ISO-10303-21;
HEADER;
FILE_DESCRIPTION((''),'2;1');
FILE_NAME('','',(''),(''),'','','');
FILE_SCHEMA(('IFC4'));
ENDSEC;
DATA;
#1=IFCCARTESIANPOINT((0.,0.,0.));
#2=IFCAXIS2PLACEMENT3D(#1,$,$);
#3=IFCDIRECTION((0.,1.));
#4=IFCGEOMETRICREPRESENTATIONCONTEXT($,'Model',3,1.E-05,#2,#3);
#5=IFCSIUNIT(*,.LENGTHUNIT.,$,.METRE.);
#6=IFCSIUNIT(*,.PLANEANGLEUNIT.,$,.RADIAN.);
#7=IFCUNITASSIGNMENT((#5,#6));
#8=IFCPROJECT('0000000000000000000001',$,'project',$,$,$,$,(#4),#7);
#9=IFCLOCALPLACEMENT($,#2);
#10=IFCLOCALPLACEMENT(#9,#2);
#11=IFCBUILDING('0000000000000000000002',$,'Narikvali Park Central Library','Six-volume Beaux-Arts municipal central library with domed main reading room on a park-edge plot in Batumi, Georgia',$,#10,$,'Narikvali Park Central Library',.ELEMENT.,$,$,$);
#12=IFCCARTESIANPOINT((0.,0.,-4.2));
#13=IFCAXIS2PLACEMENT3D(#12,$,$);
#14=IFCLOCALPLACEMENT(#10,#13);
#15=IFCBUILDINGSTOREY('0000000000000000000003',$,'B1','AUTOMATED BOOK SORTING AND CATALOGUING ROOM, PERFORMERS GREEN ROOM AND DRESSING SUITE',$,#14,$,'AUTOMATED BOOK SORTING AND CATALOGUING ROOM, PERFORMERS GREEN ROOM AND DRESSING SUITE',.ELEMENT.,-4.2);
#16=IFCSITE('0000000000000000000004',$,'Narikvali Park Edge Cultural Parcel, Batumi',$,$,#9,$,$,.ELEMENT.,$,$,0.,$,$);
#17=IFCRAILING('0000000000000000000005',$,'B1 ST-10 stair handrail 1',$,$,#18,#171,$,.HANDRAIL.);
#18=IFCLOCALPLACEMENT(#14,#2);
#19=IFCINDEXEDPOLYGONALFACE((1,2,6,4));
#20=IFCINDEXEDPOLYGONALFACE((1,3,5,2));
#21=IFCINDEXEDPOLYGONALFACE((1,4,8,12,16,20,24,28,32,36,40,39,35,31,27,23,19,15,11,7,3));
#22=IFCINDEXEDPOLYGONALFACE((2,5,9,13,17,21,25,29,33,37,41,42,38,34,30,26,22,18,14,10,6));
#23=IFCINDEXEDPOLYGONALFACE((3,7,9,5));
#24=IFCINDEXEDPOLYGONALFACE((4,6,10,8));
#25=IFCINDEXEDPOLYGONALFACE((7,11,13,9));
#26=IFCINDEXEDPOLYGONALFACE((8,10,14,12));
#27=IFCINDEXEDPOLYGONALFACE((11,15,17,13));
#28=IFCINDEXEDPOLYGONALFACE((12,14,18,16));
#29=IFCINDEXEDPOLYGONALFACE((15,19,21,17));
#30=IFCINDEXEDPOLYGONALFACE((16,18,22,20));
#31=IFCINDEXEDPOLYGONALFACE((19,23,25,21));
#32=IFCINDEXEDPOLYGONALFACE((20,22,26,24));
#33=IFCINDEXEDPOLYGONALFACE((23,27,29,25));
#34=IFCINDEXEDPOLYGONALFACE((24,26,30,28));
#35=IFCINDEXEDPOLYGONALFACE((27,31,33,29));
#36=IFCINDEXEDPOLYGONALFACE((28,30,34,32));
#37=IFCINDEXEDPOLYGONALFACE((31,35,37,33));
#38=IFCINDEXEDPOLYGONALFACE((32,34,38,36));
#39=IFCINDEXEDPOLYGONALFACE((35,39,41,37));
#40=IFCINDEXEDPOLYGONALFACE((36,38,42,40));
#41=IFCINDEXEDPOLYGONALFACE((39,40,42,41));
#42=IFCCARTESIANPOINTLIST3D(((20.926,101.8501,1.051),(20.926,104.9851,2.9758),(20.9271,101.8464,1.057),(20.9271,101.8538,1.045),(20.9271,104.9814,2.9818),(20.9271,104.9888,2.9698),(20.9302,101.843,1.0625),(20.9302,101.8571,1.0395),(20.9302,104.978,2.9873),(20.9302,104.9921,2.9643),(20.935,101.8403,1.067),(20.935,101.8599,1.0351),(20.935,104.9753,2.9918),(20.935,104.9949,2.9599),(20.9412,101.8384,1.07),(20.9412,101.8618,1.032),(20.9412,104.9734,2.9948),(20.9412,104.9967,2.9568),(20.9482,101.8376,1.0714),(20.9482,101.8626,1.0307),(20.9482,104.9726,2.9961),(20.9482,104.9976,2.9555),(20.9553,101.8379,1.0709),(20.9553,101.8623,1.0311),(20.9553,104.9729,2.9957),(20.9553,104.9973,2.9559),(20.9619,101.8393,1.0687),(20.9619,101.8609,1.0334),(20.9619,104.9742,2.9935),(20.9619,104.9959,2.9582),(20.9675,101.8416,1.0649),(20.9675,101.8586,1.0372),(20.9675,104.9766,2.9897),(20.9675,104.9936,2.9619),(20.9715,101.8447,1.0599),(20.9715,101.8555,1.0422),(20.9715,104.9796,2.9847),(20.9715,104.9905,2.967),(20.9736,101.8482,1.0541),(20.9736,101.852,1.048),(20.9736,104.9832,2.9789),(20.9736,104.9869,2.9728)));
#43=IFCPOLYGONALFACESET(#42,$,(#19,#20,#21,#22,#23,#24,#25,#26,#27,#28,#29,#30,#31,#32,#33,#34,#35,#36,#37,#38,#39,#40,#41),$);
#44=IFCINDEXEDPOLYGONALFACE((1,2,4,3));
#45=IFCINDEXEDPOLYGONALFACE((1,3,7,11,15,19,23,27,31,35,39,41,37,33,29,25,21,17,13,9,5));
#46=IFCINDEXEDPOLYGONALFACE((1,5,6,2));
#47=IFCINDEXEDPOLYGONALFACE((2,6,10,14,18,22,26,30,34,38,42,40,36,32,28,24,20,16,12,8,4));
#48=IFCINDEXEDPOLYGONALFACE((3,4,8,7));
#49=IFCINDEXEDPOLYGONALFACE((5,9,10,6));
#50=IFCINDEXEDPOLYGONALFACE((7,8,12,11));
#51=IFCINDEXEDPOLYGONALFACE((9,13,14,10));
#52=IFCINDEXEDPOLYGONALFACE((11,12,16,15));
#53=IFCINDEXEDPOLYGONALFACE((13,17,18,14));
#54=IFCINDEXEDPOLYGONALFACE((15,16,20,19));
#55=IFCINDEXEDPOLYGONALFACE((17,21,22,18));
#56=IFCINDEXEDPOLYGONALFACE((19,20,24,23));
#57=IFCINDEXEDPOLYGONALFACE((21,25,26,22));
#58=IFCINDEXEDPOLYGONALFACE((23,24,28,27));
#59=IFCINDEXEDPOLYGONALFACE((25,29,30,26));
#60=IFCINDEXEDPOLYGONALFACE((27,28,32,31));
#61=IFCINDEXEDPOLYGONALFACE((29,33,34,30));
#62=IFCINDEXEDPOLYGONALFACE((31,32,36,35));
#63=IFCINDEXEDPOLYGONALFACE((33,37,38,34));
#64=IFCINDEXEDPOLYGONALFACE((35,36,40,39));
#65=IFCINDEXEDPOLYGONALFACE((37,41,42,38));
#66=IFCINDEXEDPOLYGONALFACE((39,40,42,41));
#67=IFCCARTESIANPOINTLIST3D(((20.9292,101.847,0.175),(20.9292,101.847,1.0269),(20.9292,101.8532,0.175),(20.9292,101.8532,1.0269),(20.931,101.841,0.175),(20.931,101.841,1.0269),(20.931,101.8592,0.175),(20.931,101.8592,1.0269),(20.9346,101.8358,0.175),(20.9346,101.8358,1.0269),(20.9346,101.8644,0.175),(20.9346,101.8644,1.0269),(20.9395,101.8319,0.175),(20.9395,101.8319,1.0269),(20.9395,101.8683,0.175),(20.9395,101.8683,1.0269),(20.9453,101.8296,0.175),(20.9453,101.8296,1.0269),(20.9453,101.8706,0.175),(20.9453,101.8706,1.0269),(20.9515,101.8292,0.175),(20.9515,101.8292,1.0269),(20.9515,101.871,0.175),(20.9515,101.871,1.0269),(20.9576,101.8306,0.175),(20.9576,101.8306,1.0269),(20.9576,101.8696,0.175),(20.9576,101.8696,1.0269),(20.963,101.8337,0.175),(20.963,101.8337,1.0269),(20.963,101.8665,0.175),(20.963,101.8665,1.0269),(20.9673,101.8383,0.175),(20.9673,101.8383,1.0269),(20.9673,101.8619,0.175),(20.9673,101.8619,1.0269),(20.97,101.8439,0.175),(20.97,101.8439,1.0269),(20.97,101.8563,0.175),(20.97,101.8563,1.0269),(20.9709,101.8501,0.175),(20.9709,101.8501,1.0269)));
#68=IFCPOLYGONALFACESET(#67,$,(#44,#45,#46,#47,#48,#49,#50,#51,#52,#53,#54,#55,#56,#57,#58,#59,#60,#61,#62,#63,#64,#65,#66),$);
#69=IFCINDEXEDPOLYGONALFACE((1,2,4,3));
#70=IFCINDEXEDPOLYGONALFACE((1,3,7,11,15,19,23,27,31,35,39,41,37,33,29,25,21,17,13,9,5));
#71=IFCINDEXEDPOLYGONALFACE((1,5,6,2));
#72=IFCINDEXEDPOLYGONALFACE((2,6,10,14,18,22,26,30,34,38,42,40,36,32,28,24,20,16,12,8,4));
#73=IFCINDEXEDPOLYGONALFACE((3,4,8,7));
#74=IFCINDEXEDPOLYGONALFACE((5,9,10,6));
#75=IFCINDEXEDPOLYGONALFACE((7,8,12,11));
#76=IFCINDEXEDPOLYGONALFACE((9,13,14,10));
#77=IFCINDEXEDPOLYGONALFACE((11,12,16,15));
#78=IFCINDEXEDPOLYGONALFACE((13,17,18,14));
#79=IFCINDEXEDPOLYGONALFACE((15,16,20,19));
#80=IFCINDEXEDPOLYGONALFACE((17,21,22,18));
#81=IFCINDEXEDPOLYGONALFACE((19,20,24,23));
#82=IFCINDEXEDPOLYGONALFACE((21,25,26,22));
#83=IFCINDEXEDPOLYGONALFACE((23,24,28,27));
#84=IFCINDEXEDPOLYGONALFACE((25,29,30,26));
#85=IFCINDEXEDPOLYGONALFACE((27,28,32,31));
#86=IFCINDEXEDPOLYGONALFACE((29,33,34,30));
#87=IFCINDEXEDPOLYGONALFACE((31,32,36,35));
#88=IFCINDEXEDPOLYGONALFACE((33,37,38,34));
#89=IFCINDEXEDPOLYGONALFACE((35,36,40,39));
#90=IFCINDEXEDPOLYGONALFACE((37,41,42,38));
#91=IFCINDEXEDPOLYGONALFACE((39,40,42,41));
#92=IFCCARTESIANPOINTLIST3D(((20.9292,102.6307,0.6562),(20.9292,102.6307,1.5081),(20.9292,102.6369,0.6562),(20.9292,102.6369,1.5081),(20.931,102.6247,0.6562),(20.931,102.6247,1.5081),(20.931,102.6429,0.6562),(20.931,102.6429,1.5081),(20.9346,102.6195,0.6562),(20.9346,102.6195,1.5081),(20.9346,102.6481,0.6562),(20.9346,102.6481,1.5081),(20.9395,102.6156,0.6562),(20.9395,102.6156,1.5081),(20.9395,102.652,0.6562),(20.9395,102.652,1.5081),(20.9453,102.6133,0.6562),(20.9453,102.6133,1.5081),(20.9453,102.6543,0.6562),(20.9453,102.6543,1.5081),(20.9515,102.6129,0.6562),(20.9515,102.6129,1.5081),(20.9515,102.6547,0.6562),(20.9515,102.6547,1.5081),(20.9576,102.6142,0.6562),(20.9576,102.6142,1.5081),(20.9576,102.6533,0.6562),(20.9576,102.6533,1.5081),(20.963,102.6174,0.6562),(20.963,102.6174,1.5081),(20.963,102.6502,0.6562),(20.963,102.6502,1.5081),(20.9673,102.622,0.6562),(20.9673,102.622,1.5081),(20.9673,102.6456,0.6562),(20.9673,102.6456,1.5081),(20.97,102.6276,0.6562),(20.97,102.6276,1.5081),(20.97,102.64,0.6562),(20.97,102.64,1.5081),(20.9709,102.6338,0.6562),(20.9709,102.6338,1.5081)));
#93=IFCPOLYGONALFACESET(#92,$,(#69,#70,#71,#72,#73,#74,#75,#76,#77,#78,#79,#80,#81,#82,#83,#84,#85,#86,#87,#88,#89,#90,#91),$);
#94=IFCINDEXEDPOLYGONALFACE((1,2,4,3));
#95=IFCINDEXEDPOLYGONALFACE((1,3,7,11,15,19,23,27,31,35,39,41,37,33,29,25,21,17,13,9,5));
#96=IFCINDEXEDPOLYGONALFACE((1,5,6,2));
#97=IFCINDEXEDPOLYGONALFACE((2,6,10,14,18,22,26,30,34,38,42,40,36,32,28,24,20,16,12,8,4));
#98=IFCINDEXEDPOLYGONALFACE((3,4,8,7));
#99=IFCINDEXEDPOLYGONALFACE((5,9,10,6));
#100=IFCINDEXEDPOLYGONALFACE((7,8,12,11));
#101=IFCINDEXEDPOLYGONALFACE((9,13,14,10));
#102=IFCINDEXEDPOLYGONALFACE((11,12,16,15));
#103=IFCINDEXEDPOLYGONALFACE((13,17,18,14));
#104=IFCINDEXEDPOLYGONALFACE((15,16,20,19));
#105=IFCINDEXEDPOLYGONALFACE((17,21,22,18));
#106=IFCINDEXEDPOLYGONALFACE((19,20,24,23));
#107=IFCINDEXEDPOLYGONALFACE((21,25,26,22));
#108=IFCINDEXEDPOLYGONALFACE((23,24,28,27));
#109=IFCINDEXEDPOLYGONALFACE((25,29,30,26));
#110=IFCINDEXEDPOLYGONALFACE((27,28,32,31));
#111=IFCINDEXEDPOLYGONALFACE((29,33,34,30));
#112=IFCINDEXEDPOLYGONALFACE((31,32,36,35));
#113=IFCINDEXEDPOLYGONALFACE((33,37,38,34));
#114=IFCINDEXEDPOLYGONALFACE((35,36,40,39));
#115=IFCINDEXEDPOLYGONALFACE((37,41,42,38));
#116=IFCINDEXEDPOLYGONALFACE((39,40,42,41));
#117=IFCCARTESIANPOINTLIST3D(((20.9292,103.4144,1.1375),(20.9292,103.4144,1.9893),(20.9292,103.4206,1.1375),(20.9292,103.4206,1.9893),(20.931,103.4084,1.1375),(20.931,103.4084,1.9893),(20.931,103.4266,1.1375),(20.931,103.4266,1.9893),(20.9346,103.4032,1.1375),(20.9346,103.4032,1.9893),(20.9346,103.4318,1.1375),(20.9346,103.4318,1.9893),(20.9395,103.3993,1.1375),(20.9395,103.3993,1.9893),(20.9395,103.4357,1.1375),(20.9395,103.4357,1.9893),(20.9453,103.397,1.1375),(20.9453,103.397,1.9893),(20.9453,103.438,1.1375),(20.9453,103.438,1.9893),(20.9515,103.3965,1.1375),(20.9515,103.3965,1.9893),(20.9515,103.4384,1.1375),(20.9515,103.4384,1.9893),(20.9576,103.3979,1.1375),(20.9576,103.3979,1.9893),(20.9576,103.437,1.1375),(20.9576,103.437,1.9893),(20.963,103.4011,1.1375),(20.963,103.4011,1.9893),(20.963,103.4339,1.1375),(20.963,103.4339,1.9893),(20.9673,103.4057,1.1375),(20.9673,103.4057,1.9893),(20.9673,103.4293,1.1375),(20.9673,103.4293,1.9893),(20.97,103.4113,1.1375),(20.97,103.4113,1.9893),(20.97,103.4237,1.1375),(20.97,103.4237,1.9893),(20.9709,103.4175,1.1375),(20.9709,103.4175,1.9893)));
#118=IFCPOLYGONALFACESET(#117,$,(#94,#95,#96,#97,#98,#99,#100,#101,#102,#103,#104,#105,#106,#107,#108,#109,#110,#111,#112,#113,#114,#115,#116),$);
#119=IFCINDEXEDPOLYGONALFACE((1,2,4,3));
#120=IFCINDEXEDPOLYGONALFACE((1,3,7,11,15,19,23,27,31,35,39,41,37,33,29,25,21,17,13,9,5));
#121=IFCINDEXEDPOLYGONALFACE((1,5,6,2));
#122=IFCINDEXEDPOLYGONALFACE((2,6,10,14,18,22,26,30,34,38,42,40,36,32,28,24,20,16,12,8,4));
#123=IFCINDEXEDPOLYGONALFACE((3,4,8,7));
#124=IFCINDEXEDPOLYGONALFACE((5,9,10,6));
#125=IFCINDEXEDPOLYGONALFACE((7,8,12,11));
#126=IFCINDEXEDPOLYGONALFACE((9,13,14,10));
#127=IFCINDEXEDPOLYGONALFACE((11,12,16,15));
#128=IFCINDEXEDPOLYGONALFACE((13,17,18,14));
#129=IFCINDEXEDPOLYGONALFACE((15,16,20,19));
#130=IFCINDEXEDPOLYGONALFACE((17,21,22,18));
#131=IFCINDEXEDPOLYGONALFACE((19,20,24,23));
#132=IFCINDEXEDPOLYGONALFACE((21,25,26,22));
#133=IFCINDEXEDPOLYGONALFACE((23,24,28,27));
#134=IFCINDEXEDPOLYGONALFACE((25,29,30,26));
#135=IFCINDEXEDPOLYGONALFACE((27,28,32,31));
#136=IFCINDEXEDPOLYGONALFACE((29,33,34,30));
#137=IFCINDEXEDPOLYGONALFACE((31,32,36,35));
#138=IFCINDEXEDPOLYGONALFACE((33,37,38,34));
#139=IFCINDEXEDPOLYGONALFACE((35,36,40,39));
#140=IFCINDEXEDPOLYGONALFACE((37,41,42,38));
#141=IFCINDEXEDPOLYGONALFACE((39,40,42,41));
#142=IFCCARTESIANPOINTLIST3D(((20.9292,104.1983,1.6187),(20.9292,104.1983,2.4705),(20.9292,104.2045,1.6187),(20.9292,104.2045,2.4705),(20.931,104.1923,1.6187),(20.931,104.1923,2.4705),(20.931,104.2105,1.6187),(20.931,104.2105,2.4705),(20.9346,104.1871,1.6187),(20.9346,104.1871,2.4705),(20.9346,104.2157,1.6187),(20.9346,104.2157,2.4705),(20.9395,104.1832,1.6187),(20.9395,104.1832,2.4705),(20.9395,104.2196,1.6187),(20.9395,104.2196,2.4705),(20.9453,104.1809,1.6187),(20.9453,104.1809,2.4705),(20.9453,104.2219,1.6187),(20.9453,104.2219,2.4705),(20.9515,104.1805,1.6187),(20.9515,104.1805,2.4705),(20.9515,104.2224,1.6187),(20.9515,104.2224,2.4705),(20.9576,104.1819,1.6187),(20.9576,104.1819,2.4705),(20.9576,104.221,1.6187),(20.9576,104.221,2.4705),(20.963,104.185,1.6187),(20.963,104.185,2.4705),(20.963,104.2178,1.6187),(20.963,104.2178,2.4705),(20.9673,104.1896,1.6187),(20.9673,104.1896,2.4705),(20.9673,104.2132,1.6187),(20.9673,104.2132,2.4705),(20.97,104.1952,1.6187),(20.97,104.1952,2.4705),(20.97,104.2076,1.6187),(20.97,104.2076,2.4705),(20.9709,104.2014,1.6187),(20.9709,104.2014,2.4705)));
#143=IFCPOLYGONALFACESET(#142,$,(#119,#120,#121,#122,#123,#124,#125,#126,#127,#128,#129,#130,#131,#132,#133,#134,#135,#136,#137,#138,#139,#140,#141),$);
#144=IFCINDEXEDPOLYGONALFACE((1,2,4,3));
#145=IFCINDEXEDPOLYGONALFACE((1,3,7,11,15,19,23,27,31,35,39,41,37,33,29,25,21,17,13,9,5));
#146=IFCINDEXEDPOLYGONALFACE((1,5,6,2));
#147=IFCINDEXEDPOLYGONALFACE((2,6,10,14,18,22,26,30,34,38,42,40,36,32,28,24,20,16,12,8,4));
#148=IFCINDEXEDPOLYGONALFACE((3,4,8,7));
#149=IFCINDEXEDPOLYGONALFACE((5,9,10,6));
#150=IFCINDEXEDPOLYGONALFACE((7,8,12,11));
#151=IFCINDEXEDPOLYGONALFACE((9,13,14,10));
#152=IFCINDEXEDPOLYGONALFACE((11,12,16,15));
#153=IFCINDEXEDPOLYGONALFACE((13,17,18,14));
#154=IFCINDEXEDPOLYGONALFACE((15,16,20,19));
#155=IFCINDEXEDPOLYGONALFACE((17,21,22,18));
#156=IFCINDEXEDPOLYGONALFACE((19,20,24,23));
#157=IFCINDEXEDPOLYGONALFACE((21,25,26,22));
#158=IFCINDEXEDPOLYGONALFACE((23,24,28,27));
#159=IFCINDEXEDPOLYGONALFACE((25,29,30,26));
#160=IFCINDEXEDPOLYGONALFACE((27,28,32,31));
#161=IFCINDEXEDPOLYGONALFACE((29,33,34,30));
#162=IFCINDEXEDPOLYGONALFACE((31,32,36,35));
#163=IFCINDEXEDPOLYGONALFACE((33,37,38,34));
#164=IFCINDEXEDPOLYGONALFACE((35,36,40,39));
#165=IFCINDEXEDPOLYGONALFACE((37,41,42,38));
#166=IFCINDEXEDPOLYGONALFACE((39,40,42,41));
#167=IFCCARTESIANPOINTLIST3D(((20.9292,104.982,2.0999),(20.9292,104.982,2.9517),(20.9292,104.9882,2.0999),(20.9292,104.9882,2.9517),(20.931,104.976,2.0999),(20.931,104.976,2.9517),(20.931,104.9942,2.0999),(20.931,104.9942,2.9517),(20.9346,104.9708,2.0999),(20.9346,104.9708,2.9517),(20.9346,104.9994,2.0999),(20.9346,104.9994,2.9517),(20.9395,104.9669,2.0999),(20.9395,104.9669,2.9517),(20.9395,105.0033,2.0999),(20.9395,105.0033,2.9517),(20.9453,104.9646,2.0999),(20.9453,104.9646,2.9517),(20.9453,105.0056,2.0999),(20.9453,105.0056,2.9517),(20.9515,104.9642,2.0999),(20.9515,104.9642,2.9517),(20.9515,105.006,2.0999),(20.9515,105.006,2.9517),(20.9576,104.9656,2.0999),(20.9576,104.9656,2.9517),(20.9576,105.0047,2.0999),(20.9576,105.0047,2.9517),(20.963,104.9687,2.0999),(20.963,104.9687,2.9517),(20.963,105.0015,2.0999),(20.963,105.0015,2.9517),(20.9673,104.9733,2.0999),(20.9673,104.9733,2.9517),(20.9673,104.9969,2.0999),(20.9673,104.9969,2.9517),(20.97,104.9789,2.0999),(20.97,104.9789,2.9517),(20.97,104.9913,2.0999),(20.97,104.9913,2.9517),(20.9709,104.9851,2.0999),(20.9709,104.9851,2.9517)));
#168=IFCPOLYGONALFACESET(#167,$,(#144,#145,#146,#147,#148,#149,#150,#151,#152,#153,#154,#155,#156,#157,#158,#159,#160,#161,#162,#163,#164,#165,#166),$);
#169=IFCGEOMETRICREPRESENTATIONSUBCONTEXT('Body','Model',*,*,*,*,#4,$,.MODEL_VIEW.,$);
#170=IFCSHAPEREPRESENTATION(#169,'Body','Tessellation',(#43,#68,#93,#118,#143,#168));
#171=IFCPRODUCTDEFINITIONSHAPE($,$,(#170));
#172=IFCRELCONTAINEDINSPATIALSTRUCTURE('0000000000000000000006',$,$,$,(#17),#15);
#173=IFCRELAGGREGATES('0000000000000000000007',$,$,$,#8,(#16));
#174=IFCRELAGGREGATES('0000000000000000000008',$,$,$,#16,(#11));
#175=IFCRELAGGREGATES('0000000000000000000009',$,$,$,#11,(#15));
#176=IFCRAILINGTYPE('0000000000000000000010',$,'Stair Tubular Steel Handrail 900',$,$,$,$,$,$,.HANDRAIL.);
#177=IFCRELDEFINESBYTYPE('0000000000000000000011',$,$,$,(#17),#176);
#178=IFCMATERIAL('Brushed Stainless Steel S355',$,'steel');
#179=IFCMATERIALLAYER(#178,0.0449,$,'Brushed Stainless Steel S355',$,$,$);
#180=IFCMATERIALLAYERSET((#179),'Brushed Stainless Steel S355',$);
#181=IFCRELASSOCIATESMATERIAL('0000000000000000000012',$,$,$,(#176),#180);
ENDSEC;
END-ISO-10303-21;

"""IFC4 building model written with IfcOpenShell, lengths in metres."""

from ifc_helpers import new_model, si_unit, direction, frame, origin, origin_2d, place, context, subcontext, project, spatial, circle, extrude, material, layer, layer_set, type_object, element, save


model = new_model("IFC4")

# Units and contexts
model_context = context("Model", 3, precision=1e-05, world=origin(), true_north=direction((0.0, 1.0)))
body_context = subcontext(model_context, "Body", "Model", "MODEL_VIEW")
ifc_project = project(units=[si_unit("LENGTHUNIT", "METRE"), si_unit("PLANEANGLEUNIT", "RADIAN")], contexts=[model_context])

# Site, building, storey
site_placement = place(None, origin())
site = spatial("IfcSite", under=ifc_project, at=site_placement, Name="Narikvali Park Edge Cultural Parcel, Batumi", CompositionType="ELEMENT", RefElevation=0.0)
building_placement = place(site_placement, origin())
building = spatial("IfcBuilding", under=site, at=building_placement, Name="Narikvali Park Central Library", Description="Six-volume Beaux-Arts municipal central library with domed main reading room on a park-edge plot in Batumi, Georgia", LongName="Narikvali Park Central Library", CompositionType="ELEMENT")
storey_placement = place(building_placement, frame((0.0, 0.0, -4.2)))
storey = spatial("IfcBuildingStorey", under=building, at=storey_placement, Name="B1", Description="AUTOMATED BOOK SORTING AND CATALOGUING ROOM, PERFORMERS GREEN ROOM AND DRESSING SUITE", LongName="AUTOMATED BOOK SORTING AND CATALOGUING ROOM, PERFORMERS GREEN ROOM AND DRESSING SUITE", CompositionType="ELEMENT", Elevation=-4.2)

# Railing
ifc_material_1 = material(Name="Brushed Stainless Steel S355", Category="steel")
ifc_layer_1 = layer(ifc_material_1, 0.0449, Name="Brushed Stainless Steel S355")
ifc_layer_set_1 = layer_set([ifc_layer_1], Name="Brushed Stainless Steel S355")
railing_type_1 = type_object("IfcRailingType", Name="Stair Tubular Steel Handrail 900", PredefinedType="HANDRAIL", material=ifc_layer_set_1)
railing_1_placement = place(storey_placement, frame((20.95, 101.8501, 0.175)))
element("IfcRailing", 1, at=railing_1_placement, inside=storey, type_object=railing_type_1, Name="B1 ST-10 stair handrail 1", PredefinedType="HANDRAIL", context=body_context, shape_type="SweptSolid", body=[
    extrude(circle(Radius=0.0239, at=origin_2d()), frame((0.0, 0.0, 0.876), z_axis=(0.0, 0.852196, 0.523223), x_axis=(-1.0, 0.0, 0.0)), (0.0, 0.0, 1.0), 3.6787),
    extrude(circle(Radius=0.021, at=origin_2d()), origin(), (0.0, 0.0, 1.0), 0.8518),
    extrude(circle(Radius=0.021, at=origin_2d()), frame((0.0, 0.7837, 0.4812)), (0.0, 0.0, 1.0), 0.8518),
    extrude(circle(Radius=0.021, at=origin_2d()), frame((0.0, 1.5674, 0.9624)), (0.0, 0.0, 1.0), 0.8518),
    extrude(circle(Radius=0.021, at=origin_2d()), frame((0.0, 2.3513, 1.4436)), (0.0, 0.0, 1.0), 0.8518),
    extrude(circle(Radius=0.021, at=origin_2d()), frame((0.0, 3.135, 1.9248)), (0.0, 0.0, 1.0), 0.8518),
])

save(model, "model.ifc")
